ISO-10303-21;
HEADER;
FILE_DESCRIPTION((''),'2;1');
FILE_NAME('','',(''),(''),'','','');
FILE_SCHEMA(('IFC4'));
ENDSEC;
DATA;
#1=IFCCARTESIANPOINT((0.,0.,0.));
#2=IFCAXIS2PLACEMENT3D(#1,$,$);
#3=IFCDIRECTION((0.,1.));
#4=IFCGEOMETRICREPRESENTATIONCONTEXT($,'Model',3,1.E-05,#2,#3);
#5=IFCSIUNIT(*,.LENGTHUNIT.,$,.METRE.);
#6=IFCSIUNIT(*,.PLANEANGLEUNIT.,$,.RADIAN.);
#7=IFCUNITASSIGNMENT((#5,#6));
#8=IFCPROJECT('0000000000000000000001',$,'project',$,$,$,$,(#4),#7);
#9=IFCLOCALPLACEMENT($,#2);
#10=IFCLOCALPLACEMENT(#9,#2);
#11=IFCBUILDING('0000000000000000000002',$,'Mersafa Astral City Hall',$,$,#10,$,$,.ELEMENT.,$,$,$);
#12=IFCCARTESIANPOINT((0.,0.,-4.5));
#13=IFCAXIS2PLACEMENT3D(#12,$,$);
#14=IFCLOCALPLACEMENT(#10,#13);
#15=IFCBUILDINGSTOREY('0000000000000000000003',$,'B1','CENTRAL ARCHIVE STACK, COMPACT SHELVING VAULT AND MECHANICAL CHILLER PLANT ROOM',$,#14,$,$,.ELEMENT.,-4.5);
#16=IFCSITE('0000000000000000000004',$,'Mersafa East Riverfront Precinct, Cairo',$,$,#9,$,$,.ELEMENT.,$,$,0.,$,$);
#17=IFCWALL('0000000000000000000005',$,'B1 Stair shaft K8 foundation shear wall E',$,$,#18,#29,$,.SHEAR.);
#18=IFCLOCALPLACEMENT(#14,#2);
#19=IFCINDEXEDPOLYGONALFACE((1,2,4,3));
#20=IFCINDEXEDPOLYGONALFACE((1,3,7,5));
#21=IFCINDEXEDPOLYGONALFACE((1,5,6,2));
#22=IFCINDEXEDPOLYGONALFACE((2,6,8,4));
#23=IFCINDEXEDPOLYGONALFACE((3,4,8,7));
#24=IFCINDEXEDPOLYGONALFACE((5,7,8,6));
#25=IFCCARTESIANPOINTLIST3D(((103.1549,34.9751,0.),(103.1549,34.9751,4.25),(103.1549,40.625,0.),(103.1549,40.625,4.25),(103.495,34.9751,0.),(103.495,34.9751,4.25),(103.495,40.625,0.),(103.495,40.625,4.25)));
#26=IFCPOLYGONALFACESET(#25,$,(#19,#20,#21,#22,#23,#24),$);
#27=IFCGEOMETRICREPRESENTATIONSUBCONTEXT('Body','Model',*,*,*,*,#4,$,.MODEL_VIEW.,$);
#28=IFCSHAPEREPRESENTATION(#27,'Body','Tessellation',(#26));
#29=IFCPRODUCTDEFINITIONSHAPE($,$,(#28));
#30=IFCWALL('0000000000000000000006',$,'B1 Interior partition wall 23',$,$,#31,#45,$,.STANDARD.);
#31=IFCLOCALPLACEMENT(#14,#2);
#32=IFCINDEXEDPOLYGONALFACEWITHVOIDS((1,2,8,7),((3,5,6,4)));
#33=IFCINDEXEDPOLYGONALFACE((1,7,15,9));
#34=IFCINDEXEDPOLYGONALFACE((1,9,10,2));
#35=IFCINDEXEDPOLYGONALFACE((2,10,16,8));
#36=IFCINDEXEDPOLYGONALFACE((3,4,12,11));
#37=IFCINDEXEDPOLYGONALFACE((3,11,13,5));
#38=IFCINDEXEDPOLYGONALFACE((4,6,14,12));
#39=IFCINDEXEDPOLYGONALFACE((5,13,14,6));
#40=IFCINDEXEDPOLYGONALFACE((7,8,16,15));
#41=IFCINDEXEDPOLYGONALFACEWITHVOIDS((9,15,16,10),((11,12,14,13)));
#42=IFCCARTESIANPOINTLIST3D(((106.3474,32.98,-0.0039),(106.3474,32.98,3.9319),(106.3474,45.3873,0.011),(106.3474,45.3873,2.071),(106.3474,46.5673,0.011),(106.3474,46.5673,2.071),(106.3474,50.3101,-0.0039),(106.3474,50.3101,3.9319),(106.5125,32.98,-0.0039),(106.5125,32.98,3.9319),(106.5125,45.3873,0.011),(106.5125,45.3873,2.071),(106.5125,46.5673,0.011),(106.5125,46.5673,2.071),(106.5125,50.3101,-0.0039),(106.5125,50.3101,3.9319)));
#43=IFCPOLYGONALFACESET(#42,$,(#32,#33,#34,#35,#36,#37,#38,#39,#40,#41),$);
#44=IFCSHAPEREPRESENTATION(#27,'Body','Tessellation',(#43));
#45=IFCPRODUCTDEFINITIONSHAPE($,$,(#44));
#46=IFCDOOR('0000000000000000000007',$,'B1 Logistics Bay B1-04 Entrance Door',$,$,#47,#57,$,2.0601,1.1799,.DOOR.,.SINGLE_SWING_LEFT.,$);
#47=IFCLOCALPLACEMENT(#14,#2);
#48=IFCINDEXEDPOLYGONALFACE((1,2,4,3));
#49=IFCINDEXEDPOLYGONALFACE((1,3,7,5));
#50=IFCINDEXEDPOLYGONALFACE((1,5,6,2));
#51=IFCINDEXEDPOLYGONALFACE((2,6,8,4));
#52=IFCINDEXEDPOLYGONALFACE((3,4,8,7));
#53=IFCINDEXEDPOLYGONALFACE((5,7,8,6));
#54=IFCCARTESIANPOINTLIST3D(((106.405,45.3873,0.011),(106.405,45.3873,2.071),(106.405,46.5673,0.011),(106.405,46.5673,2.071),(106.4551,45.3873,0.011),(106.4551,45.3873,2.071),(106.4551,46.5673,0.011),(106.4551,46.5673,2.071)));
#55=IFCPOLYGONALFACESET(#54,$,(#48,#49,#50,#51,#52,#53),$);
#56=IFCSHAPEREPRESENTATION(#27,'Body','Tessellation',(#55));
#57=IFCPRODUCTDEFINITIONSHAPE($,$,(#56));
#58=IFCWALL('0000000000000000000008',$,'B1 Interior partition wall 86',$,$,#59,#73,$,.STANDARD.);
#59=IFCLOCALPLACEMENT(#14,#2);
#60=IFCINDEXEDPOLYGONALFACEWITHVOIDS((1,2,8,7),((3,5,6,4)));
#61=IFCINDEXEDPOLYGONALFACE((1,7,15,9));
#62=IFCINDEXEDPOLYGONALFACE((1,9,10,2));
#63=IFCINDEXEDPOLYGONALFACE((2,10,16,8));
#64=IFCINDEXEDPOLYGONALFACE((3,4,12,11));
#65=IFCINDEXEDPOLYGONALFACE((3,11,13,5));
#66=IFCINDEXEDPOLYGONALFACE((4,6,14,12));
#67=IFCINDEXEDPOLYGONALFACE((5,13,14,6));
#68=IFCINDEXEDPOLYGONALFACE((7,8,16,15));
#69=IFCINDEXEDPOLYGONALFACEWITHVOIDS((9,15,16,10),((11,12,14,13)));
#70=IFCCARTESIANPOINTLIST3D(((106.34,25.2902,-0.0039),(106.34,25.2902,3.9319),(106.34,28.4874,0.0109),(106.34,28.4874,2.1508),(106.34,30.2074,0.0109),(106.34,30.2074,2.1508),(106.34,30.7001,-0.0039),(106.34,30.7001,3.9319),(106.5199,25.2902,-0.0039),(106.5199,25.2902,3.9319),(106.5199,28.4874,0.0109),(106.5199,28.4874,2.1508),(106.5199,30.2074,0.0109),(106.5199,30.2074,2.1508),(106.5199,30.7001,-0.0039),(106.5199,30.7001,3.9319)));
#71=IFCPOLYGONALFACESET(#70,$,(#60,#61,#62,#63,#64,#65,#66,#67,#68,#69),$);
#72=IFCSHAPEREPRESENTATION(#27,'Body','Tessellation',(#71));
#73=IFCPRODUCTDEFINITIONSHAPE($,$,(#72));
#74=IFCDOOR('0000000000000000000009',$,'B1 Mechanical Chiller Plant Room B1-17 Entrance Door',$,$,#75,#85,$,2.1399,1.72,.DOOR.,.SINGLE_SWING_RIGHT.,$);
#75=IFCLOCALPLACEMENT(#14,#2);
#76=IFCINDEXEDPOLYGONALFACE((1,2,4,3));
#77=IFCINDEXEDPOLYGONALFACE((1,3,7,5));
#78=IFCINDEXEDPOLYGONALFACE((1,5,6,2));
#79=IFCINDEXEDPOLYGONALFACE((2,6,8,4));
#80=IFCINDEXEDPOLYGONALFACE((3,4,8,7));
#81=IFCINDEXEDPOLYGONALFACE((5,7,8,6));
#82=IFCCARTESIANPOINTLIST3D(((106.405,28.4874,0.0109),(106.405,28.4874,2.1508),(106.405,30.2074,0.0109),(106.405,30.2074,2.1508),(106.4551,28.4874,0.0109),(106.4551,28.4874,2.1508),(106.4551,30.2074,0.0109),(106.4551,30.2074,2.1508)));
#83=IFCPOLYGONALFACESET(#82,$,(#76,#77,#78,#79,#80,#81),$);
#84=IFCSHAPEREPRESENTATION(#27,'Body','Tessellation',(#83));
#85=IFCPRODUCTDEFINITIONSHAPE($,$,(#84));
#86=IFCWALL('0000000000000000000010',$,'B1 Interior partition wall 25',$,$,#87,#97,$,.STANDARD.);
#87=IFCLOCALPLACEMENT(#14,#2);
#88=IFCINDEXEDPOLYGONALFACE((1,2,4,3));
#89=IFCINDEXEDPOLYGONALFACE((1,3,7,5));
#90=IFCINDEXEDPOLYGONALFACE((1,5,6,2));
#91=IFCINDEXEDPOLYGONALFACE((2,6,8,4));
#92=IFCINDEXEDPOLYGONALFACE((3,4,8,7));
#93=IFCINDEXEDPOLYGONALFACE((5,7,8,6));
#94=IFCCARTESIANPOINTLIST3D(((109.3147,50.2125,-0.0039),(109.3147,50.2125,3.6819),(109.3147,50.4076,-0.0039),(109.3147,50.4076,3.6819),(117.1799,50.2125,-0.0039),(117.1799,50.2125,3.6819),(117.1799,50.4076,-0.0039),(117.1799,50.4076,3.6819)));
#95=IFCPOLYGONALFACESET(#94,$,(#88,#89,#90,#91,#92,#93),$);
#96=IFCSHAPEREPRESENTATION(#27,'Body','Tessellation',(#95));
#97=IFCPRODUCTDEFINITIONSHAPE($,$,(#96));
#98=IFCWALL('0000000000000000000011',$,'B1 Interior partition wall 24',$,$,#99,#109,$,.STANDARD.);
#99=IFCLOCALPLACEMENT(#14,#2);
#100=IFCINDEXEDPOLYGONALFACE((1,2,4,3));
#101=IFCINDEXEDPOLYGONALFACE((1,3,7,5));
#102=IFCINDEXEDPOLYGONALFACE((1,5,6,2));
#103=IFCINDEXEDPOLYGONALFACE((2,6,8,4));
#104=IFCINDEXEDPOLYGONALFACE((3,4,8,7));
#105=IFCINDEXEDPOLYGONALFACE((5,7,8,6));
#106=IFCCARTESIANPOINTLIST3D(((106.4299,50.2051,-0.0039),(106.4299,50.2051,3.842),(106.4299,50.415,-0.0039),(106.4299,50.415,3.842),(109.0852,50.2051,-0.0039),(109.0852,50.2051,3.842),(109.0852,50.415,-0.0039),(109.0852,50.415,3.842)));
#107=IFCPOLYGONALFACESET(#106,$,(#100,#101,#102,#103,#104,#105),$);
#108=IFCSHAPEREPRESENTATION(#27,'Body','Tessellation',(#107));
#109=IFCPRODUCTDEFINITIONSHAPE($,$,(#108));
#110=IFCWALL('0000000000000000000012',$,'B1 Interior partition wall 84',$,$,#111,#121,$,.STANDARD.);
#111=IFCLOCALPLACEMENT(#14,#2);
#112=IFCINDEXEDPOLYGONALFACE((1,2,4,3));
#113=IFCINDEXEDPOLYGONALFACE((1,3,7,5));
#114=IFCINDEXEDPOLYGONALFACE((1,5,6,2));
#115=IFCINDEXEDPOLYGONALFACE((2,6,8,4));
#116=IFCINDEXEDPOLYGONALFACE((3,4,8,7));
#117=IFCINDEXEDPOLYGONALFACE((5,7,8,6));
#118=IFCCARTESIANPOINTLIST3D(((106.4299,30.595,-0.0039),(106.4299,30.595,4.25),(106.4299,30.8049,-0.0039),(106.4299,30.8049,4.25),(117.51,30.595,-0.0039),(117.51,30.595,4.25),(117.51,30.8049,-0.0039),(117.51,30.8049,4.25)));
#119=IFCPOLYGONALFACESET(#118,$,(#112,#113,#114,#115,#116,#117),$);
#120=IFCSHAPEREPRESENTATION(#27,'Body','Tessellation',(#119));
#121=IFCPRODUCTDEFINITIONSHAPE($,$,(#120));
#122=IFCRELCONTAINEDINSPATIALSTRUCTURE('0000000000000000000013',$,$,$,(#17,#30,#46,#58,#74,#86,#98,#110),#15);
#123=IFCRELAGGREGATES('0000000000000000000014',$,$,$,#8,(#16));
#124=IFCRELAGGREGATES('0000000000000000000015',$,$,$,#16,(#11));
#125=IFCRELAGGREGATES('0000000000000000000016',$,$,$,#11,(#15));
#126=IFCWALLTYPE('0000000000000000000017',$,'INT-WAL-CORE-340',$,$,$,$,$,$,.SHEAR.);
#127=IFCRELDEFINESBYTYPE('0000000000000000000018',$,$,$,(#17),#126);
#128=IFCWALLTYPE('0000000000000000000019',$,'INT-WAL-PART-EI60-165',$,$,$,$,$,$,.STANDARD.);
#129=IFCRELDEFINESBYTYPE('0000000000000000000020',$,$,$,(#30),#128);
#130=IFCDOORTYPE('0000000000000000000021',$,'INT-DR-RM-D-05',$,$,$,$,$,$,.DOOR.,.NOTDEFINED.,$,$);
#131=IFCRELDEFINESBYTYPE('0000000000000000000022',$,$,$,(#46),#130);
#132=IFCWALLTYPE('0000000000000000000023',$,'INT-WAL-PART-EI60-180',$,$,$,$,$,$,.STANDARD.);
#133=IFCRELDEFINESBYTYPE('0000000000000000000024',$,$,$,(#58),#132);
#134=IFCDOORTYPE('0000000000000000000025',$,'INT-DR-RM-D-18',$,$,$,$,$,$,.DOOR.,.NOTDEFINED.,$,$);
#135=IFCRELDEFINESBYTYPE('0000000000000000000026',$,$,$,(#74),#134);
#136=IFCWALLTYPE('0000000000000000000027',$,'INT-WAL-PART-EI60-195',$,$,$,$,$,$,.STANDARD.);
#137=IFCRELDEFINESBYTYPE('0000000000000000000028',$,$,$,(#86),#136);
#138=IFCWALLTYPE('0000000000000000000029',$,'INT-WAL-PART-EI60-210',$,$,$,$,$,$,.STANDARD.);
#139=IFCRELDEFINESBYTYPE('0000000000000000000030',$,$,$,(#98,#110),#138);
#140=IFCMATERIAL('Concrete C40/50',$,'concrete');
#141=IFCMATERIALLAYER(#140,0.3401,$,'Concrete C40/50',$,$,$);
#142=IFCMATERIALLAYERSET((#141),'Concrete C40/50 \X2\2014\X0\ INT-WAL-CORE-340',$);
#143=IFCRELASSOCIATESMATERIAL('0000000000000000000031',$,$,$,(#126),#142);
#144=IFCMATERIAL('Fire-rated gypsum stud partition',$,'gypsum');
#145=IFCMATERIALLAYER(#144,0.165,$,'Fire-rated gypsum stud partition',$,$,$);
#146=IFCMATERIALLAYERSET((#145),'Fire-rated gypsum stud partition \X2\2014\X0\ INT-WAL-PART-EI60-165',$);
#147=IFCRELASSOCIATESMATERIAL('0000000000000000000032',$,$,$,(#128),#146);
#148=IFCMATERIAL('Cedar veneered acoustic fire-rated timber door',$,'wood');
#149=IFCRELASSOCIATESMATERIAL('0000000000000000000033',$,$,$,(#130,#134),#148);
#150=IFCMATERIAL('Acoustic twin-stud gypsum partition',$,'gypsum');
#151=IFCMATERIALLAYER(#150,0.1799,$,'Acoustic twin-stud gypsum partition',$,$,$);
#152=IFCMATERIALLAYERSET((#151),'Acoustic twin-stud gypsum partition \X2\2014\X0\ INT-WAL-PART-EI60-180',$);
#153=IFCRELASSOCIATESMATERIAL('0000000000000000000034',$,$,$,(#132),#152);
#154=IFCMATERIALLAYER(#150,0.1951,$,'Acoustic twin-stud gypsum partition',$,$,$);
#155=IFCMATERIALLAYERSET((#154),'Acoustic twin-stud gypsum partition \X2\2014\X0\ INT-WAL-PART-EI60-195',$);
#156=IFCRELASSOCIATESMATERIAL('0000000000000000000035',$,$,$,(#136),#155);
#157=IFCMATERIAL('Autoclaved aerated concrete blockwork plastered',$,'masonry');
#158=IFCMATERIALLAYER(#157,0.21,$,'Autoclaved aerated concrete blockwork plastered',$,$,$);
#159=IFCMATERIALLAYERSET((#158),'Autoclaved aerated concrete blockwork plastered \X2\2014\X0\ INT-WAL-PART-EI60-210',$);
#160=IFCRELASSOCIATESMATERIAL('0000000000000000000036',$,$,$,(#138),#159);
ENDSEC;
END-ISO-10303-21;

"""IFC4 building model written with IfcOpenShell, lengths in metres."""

from ifc_helpers import new_model, si_unit, direction, frame, frame_2d, origin, place, context, subcontext, project, spatial, rectangle, extrude, material, layer, layer_set, type_object, element, fill, save


model = new_model("IFC4")

# Units and contexts
model_context = context("Model", 3, precision=1e-05, world=origin(), true_north=direction((0.0, 1.0)))
body_context = subcontext(model_context, "Body", "Model", "MODEL_VIEW")
ifc_project = project(units=[si_unit("LENGTHUNIT", "METRE"), si_unit("PLANEANGLEUNIT", "RADIAN")], contexts=[model_context])

# Site, building, storey
site_placement = place(None, origin())
site = spatial("IfcSite", under=ifc_project, at=site_placement, Name="Mersafa East Riverfront Precinct, Cairo", CompositionType="ELEMENT", RefElevation=0.0)
building_placement = place(site_placement, origin())
building = spatial("IfcBuilding", under=site, at=building_placement, Name="Mersafa Astral City Hall", CompositionType="ELEMENT")
storey_placement = place(building_placement, frame((0.0, 0.0, -4.5)))
storey = spatial("IfcBuildingStorey", under=building, at=storey_placement, Name="B1", Description="CENTRAL ARCHIVE STACK, COMPACT SHELVING VAULT AND MECHANICAL CHILLER PLANT ROOM", CompositionType="ELEMENT", Elevation=-4.5)

# Shared definitions
ifc_material_1 = material(Name="Concrete C40/50", Category="concrete")

# Wall
ifc_layer_1 = layer(ifc_material_1, 0.3401, Name="Concrete C40/50")
ifc_layer_set_1 = layer_set([ifc_layer_1], Name="Concrete C40/50 — INT-WAL-CORE-340")
wall_type_1 = type_object("IfcWallType", Name="INT-WAL-CORE-340", PredefinedType="SHEAR", material=ifc_layer_set_1)
wall_1_placement = place(storey_placement, frame((103.325, 34.9751, 0.0), z_axis=(0.0, 0.0, 1.0), x_axis=(0.0, 1.0, 0.0)))
element("IfcWall", 1, at=wall_1_placement, inside=storey, type_object=wall_type_1, Name="B1 Stair shaft K8 foundation shear wall E", PredefinedType="SHEAR", context=body_context, shape_type="SweptSolid", body=[
    extrude(rectangle(XDim=5.6499, YDim=0.3401, at=frame_2d((2.825, 0.0))), origin(), (0.0, 0.0, 1.0), 4.25),
])

# Walls, openings, doors
ifc_material_2 = material(Name="Fire-rated gypsum stud partition", Category="gypsum")
ifc_layer_2 = layer(ifc_material_2, 0.165, Name="Fire-rated gypsum stud partition")
ifc_layer_set_2 = layer_set([ifc_layer_2], Name="Fire-rated gypsum stud partition — INT-WAL-PART-EI60-165")
wall_type_2 = type_object("IfcWallType", Name="INT-WAL-PART-EI60-165", PredefinedType="STANDARD", material=ifc_layer_set_2)
wall_2_placement = place(storey_placement, frame((106.4299, 32.98, -0.0039), z_axis=(0.0, 0.0, 1.0), x_axis=(0.0, 1.0, 0.0)))
wall_2 = element("IfcWall", 2, at=wall_2_placement, inside=storey, type_object=wall_type_2, Name="B1 Interior partition wall 23", PredefinedType="STANDARD", context=body_context, shape_type="SweptSolid", body=[
    extrude(rectangle(XDim=17.3301, YDim=0.165, at=frame_2d((8.665, 0.0))), origin(), (0.0, 0.0, 1.0), 3.9358),
])
opening_1_placement = place(wall_2_placement, frame((12.4075, 0.0, 0.0149)))
opening_1 = element("IfcOpeningElement", 3, at=opening_1_placement, cuts=wall_2, PredefinedType="OPENING", context=body_context, shape_type="SweptSolid", body=[
    extrude(rectangle(XDim=1.1799, YDim=2.0601, at=frame_2d((0.5898, 1.03))), frame((0.0, 0.0925, 0.0), z_axis=(0.0, -1.0, 0.0), x_axis=(1.0, 0.0, 0.0)), (0.0, 0.0, 1.0), 0.1851),
])
ifc_material_3 = material(Name="Cedar veneered acoustic fire-rated timber door", Category="wood")
door_type_1 = type_object("IfcDoorType", Name="INT-DR-RM-D-05", OperationType="NOTDEFINED", PredefinedType="DOOR", material=ifc_material_3)
door_1_placement = place(opening_1_placement, origin())
door_1 = element("IfcDoor", 4, at=door_1_placement, inside=storey, type_object=door_type_1, Name="B1 Logistics Bay B1-04 Entrance Door", OperationType="SINGLE_SWING_LEFT", OverallHeight=2.0601, OverallWidth=1.1799, PredefinedType="DOOR", context=body_context, shape_type="SweptSolid", body=[
    extrude(rectangle(XDim=1.1799, YDim=2.0601, at=frame_2d((0.5898, 1.03))), frame((0.0, 0.0249, 0.0), z_axis=(0.0, -1.0, 0.0), x_axis=(1.0, 0.0, 0.0)), (0.0, 0.0, 1.0), 0.05),
])
fill(opening_1, door_1)
ifc_material_4 = material(Name="Acoustic twin-stud gypsum partition", Category="gypsum")
ifc_layer_3 = layer(ifc_material_4, 0.1799, Name="Acoustic twin-stud gypsum partition")
ifc_layer_set_3 = layer_set([ifc_layer_3], Name="Acoustic twin-stud gypsum partition — INT-WAL-PART-EI60-180")
wall_type_3 = type_object("IfcWallType", Name="INT-WAL-PART-EI60-180", PredefinedType="STANDARD", material=ifc_layer_set_3)
wall_3_placement = place(storey_placement, frame((106.4299, 25.29, -0.0039), z_axis=(0.0, 0.0, 1.0), x_axis=(0.0, 1.0, 0.0)))
wall_3 = element("IfcWall", 5, at=wall_3_placement, inside=storey, type_object=wall_type_3, Name="B1 Interior partition wall 86", PredefinedType="STANDARD", context=body_context, shape_type="SweptSolid", body=[
    extrude(rectangle(XDim=5.4099, YDim=0.1799, at=frame_2d((2.7051, 0.0))), origin(), (0.0, 0.0, 1.0), 3.9358),
])
opening_2_placement = place(wall_3_placement, frame((3.1975, 0.0, 0.0149)))
opening_2 = element("IfcOpeningElement", 6, at=opening_2_placement, cuts=wall_3, PredefinedType="OPENING", context=body_context, shape_type="SweptSolid", body=[
    extrude(rectangle(XDim=1.72, YDim=2.1399, at=frame_2d((0.8599, 1.0698))), frame((0.0, 0.0999, 0.0), z_axis=(0.0, -1.0, 0.0), x_axis=(1.0, 0.0, 0.0)), (0.0, 0.0, 1.0), 0.2),
])
door_type_2 = type_object("IfcDoorType", Name="INT-DR-RM-D-18", OperationType="NOTDEFINED", PredefinedType="DOOR", material=ifc_material_3)
door_2_placement = place(opening_2_placement, origin())
door_2 = element("IfcDoor", 7, at=door_2_placement, inside=storey, type_object=door_type_2, Name="B1 Mechanical Chiller Plant Room B1-17 Entrance Door", OperationType="SINGLE_SWING_RIGHT", OverallHeight=2.1399, OverallWidth=1.72, PredefinedType="DOOR", context=body_context, shape_type="SweptSolid", body=[
    extrude(rectangle(XDim=1.72, YDim=2.1399, at=frame_2d((0.8599, 1.0698))), frame((0.0, 0.0249, 0.0), z_axis=(0.0, -1.0, 0.0), x_axis=(1.0, 0.0, 0.0)), (0.0, 0.0, 1.0), 0.05),
])
fill(opening_2, door_2)

# Walls
ifc_layer_4 = layer(ifc_material_4, 0.1951, Name="Acoustic twin-stud gypsum partition")
ifc_layer_set_4 = layer_set([ifc_layer_4], Name="Acoustic twin-stud gypsum partition — INT-WAL-PART-EI60-195")
wall_type_4 = type_object("IfcWallType", Name="INT-WAL-PART-EI60-195", PredefinedType="STANDARD", material=ifc_layer_set_4)
wall_4_placement = place(storey_placement, frame((109.3147, 50.3101, -0.0039), z_axis=(0.0, 0.0, 1.0), x_axis=(1.0, 0.0, 0.0)))
element("IfcWall", 8, at=wall_4_placement, inside=storey, type_object=wall_type_4, Name="B1 Interior partition wall 25", PredefinedType="STANDARD", context=body_context, shape_type="SweptSolid", body=[
    extrude(rectangle(XDim=7.8652, YDim=0.1951, at=frame_2d((3.9326, 0.0))), origin(), (0.0, 0.0, 1.0), 3.6858),
])
ifc_material_5 = material(Name="Autoclaved aerated concrete blockwork plastered", Category="masonry")
ifc_layer_5 = layer(ifc_material_5, 0.21, Name="Autoclaved aerated concrete blockwork plastered")
ifc_layer_set_5 = layer_set([ifc_layer_5], Name="Autoclaved aerated concrete blockwork plastered — INT-WAL-PART-EI60-210")
wall_type_5 = type_object("IfcWallType", Name="INT-WAL-PART-EI60-210", PredefinedType="STANDARD", material=ifc_layer_set_5)
wall_5_placement = place(storey_placement, frame((106.4299, 50.3101, -0.0039), z_axis=(0.0, 0.0, 1.0), x_axis=(1.0, 0.0, 0.0)))
element("IfcWall", 9, at=wall_5_placement, inside=storey, type_object=wall_type_5, Name="B1 Interior partition wall 24", PredefinedType="STANDARD", context=body_context, shape_type="SweptSolid", body=[
    extrude(rectangle(XDim=2.6553, YDim=0.21, at=frame_2d((1.3276, 0.0))), origin(), (0.0, 0.0, 1.0), 3.8459),
])
wall_6_placement = place(storey_placement, frame((106.4299, 30.7, -0.0039), z_axis=(0.0, 0.0, 1.0), x_axis=(1.0, 0.0, 0.0)))
element("IfcWall", 10, at=wall_6_placement, inside=storey, type_object=wall_type_5, Name="B1 Interior partition wall 84", PredefinedType="STANDARD", context=body_context, shape_type="SweptSolid", body=[
    extrude(rectangle(XDim=11.0801, YDim=0.21, at=frame_2d((5.54, 0.0))), origin(), (0.0, 0.0, 1.0), 4.2539),
])

save(model, "model.ifc")
